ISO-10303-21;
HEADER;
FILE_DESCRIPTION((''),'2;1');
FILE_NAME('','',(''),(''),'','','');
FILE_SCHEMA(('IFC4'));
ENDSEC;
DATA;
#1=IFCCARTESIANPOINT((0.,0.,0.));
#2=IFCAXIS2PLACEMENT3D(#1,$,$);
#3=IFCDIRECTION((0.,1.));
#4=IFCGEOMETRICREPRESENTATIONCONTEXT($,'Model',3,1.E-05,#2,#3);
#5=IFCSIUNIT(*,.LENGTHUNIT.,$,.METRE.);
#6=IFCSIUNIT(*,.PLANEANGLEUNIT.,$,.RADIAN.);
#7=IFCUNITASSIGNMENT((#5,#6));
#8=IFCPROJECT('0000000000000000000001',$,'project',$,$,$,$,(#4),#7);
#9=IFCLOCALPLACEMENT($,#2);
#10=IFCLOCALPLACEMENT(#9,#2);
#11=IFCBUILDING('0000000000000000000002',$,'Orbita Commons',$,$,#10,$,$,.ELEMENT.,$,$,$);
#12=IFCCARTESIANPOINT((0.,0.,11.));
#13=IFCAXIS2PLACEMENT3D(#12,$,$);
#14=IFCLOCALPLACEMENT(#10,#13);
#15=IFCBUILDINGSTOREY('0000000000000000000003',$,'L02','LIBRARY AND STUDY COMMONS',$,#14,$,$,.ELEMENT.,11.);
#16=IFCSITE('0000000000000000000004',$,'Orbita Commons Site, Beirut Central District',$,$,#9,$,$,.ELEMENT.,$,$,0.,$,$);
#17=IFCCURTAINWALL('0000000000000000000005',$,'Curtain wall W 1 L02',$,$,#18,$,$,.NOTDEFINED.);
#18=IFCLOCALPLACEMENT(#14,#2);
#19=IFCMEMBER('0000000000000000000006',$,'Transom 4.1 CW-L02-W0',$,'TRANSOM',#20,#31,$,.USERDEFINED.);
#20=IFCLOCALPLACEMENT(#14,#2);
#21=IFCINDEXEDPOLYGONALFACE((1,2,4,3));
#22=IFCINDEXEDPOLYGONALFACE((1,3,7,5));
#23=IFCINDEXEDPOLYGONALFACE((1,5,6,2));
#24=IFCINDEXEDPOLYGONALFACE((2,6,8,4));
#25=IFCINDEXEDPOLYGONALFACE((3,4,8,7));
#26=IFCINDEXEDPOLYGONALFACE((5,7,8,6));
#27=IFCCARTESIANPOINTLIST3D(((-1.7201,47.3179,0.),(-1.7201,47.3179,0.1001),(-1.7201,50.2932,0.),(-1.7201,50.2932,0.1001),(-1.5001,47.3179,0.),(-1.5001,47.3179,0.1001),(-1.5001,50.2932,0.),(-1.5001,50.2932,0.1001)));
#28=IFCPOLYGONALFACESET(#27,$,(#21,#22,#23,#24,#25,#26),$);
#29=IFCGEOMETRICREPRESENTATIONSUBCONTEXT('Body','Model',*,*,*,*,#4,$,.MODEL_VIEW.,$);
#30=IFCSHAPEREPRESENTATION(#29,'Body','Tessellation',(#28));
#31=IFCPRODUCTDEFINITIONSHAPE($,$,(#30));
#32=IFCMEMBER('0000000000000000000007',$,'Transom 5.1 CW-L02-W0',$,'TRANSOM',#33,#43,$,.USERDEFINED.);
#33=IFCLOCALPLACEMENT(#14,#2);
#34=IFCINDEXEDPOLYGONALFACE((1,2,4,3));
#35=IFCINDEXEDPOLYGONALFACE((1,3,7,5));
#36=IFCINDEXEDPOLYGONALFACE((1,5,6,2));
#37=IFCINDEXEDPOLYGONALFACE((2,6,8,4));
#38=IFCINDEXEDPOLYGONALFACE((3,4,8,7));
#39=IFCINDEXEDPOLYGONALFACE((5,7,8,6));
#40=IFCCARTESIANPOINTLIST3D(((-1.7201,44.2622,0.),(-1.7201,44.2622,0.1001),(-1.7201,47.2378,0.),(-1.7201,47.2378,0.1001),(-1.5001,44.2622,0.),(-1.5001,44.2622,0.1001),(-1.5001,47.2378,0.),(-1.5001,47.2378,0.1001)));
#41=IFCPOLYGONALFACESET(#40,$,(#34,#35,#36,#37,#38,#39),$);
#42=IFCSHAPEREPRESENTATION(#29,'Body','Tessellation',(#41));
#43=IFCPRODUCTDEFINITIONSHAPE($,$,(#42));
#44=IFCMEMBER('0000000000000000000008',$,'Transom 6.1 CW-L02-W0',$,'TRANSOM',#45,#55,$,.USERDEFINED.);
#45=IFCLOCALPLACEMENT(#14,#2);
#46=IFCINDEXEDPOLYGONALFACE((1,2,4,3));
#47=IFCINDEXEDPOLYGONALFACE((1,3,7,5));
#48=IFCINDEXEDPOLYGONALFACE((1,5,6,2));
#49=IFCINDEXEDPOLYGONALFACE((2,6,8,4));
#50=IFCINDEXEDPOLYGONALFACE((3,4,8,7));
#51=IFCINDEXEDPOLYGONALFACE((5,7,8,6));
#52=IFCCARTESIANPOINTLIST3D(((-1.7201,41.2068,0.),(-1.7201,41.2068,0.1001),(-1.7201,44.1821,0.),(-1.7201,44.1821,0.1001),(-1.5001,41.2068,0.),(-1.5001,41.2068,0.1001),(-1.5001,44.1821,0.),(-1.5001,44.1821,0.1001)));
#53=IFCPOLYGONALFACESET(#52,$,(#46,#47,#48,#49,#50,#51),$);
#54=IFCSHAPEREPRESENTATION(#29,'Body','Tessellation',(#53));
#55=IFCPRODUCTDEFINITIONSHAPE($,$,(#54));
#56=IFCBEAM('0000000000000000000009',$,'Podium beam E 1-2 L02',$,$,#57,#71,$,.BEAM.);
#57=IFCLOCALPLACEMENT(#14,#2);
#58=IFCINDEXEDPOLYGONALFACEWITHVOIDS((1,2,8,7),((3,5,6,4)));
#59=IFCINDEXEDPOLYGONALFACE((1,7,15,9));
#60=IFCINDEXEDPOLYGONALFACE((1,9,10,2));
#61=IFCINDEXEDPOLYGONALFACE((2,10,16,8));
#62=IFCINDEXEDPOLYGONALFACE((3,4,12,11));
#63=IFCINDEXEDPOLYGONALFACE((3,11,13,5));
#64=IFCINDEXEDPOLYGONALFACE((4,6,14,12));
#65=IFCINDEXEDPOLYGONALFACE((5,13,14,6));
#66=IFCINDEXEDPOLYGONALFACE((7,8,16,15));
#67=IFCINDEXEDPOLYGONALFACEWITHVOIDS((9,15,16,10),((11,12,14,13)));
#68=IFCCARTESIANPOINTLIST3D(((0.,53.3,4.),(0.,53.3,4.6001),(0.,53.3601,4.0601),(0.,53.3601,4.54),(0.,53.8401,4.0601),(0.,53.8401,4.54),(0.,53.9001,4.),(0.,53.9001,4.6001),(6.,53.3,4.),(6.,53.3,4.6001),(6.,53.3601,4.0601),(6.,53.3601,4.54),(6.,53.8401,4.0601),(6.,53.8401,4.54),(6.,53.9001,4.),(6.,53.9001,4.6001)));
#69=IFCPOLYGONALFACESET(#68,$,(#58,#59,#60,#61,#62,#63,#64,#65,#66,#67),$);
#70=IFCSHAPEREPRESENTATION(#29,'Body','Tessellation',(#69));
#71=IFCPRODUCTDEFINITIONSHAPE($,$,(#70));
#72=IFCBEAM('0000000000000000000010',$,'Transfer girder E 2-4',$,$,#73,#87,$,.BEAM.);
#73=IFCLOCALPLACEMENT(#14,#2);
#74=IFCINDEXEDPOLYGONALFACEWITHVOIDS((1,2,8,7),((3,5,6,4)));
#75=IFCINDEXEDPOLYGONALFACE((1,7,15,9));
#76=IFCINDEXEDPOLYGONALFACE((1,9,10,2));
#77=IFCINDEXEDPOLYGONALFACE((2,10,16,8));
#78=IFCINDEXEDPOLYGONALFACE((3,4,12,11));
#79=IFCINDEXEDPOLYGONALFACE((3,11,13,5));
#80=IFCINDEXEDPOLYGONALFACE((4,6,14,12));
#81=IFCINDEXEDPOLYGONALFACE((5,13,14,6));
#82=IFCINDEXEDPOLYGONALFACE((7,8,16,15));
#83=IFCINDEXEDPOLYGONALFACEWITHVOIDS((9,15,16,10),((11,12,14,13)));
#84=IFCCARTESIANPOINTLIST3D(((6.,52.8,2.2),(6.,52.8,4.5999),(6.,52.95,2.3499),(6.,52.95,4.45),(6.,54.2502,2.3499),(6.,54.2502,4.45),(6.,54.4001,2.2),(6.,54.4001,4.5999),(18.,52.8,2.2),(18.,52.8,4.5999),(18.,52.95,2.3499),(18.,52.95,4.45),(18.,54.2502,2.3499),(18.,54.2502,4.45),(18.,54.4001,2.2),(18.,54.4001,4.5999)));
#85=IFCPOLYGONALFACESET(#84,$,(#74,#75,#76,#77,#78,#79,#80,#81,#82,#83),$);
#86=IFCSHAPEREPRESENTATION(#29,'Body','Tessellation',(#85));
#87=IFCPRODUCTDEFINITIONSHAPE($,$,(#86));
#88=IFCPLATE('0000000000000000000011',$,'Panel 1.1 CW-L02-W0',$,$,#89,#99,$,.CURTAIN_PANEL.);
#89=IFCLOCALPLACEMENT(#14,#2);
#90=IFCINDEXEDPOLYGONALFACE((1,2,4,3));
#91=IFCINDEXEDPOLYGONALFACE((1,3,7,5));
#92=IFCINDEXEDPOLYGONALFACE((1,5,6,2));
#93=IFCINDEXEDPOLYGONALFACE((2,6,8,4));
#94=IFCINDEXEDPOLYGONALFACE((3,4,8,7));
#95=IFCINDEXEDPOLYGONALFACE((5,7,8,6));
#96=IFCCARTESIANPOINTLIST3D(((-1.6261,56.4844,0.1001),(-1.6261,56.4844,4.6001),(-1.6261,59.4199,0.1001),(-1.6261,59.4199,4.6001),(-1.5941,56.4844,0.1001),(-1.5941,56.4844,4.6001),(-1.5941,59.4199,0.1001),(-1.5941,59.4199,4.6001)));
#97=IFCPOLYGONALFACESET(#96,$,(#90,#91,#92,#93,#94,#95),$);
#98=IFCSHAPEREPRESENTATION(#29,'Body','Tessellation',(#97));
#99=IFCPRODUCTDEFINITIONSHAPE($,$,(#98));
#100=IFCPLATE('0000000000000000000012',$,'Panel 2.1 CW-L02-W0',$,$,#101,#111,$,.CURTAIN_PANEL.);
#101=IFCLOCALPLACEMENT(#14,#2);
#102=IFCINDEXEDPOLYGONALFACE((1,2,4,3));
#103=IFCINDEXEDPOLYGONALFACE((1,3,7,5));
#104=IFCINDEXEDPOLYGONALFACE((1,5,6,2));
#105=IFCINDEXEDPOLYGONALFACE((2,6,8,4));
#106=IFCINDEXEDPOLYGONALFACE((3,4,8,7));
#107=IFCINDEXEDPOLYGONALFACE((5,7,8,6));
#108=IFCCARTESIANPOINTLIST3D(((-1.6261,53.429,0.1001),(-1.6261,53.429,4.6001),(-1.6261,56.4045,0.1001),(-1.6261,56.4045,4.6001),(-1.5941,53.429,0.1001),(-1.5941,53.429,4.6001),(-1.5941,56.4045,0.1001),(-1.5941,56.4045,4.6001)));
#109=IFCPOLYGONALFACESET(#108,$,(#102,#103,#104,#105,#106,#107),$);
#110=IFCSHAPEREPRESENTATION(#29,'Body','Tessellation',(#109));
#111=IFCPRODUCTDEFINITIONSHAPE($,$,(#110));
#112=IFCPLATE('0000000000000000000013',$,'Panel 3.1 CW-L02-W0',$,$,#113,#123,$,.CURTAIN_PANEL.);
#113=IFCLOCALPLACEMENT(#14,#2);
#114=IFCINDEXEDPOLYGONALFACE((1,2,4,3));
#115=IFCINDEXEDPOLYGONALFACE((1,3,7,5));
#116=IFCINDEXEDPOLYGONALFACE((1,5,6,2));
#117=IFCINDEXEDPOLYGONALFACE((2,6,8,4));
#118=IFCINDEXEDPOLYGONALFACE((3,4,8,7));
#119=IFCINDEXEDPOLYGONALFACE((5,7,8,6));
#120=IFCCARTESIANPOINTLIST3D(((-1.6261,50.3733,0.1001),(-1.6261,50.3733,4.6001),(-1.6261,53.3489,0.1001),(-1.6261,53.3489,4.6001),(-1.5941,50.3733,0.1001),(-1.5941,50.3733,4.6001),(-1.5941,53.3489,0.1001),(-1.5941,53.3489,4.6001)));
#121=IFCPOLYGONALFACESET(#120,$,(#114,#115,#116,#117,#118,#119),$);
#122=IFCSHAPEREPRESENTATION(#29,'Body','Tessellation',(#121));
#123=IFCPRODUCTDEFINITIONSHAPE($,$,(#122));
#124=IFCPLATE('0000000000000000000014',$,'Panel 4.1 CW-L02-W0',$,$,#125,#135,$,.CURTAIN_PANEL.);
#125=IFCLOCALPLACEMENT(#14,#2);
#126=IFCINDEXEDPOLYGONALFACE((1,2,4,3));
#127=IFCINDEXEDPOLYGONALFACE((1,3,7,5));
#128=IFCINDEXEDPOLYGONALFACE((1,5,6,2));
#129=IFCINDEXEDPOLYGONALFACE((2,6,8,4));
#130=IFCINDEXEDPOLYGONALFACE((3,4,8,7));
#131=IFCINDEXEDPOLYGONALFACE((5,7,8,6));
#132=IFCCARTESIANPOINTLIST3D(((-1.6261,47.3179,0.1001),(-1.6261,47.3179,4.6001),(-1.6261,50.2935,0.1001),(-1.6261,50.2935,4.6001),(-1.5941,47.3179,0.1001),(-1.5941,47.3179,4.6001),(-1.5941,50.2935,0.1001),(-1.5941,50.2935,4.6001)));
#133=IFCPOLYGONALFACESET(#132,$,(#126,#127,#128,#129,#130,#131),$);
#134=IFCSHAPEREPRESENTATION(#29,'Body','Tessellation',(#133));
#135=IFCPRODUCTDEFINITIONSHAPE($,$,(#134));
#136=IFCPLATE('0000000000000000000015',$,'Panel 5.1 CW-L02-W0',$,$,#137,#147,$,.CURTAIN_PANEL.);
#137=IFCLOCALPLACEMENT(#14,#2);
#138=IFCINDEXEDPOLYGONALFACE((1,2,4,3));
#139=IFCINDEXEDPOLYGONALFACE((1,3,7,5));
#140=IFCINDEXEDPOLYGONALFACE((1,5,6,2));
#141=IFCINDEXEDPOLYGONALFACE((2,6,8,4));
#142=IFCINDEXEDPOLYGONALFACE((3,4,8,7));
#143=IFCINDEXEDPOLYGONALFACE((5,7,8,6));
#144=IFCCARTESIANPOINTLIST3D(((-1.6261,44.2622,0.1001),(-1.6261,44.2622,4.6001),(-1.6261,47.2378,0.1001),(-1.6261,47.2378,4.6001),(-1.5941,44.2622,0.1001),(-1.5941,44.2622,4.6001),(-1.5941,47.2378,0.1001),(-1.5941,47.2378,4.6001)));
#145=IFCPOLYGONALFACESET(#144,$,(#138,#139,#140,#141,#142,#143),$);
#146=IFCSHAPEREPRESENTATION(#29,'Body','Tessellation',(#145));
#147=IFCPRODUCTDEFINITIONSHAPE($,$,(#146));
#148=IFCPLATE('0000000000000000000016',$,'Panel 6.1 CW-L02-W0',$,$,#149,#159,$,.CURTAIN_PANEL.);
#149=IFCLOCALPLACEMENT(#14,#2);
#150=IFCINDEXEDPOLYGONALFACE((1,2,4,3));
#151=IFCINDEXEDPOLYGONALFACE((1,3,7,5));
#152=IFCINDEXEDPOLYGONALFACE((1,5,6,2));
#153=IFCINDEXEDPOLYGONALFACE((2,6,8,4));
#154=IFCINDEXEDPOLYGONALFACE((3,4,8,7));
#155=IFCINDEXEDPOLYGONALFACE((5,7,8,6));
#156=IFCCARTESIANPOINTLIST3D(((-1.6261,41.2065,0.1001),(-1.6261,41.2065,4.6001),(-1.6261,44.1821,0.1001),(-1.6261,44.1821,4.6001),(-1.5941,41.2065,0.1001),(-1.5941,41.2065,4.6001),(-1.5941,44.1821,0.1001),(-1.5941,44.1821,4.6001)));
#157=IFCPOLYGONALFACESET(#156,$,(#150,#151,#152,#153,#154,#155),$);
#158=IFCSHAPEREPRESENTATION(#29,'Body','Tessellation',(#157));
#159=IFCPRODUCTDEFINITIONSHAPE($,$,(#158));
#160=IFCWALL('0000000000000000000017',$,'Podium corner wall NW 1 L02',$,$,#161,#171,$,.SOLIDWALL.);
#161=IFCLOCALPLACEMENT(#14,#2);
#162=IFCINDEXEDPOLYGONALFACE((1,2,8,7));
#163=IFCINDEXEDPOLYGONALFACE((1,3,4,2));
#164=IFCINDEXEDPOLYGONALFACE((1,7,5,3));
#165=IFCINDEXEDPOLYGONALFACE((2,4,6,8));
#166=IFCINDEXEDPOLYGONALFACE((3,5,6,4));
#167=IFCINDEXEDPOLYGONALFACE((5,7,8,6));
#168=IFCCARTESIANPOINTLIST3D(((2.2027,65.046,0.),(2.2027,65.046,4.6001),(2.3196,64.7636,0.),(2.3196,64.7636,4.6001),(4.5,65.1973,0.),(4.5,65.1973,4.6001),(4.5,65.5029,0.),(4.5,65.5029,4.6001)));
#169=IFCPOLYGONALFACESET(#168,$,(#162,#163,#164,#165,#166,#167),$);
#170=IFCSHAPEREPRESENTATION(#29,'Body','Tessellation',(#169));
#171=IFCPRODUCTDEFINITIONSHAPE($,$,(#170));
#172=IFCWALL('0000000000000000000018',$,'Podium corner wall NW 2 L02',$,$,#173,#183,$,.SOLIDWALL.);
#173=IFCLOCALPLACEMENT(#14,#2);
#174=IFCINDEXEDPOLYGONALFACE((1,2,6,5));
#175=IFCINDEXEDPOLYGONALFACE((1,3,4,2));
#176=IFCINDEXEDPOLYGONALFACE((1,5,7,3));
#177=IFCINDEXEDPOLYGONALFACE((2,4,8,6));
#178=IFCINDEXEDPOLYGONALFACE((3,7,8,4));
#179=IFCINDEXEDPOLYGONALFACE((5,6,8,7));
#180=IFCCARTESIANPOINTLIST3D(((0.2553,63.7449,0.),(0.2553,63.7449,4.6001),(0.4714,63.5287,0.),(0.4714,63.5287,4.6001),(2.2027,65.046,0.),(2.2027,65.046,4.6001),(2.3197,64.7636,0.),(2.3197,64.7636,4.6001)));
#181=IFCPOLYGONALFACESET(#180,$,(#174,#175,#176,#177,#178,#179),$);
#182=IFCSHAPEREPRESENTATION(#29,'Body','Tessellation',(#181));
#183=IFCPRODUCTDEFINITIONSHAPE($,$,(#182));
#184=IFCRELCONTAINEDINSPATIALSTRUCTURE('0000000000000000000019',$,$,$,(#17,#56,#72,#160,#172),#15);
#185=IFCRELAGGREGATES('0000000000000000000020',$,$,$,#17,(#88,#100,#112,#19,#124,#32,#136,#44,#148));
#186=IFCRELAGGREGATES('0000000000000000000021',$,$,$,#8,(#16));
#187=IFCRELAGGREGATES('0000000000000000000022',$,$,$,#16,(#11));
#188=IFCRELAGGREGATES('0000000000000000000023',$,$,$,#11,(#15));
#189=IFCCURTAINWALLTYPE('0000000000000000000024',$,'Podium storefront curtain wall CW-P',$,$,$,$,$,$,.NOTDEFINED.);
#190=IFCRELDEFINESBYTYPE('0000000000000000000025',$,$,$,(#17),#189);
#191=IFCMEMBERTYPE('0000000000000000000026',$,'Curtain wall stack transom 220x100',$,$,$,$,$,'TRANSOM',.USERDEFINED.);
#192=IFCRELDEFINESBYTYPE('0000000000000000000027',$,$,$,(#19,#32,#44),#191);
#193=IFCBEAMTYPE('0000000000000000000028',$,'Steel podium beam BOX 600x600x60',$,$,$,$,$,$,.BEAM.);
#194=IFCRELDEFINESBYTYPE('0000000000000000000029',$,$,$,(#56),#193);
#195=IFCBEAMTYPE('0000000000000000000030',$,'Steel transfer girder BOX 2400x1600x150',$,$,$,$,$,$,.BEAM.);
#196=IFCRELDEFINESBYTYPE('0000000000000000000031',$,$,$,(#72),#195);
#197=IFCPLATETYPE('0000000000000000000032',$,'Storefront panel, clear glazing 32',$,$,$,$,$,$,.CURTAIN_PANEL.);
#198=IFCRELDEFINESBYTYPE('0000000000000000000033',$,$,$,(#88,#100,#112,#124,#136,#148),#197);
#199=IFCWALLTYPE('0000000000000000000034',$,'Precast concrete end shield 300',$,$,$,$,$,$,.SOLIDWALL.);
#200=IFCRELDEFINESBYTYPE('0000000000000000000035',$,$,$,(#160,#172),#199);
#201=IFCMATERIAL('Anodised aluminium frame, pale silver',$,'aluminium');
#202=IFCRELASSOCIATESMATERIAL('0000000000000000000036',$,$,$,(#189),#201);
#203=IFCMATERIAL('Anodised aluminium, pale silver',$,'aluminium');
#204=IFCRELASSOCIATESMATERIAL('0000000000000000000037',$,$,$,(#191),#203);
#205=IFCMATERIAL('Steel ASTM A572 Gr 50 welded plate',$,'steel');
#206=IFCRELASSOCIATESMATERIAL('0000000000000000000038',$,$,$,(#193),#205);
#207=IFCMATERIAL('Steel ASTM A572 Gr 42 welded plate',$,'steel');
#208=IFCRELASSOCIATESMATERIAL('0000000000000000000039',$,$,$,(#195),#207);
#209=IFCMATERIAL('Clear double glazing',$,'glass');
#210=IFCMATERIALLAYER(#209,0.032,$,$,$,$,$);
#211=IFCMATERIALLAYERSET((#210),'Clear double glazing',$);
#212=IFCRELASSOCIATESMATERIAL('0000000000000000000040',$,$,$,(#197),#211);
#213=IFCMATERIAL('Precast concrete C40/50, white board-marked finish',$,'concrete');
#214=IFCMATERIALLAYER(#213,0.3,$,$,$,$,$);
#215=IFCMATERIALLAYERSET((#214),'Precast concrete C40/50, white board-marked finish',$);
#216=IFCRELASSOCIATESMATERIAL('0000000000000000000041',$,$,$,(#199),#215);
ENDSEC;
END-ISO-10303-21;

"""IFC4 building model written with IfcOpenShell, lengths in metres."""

from ifc_helpers import new_model, si_unit, direction, frame, origin, origin_2d, place, context, subcontext, project, spatial, polyline, rectangle, hollow_rectangle, outline, extrude, material, layer, layer_set, material_profile, profile_set, type_object, element, aggregate, save


model = new_model("IFC4")

# Units and contexts
model_context = context("Model", 3, precision=1e-05, world=origin(), true_north=direction((0.0, 1.0)))
body_context = subcontext(model_context, "Body", "Model", "MODEL_VIEW")
ifc_project = project(units=[si_unit("LENGTHUNIT", "METRE"), si_unit("PLANEANGLEUNIT", "RADIAN")], contexts=[model_context])

# Site, building, storey
site_placement = place(None, origin())
site = spatial("IfcSite", under=ifc_project, at=site_placement, Name="Orbita Commons Site, Beirut Central District", CompositionType="ELEMENT", RefElevation=0.0)
building_placement = place(site_placement, origin())
building = spatial("IfcBuilding", under=site, at=building_placement, Name="Orbita Commons", CompositionType="ELEMENT")
storey_placement = place(building_placement, frame((0.0, 0.0, 11.0)))
storey = spatial("IfcBuildingStorey", under=building, at=storey_placement, Name="L02", Description="LIBRARY AND STUDY COMMONS", CompositionType="ELEMENT", Elevation=11.0)

# Curtain wall, members
ifc_material_1 = material(Name="Anodised aluminium frame, pale silver", Category="aluminium")
curtain_wall_type = type_object("IfcCurtainWallType", Name="Podium storefront curtain wall CW-P", PredefinedType="NOTDEFINED", material=ifc_material_1)
curtain_wall_placement = place(storey_placement, origin())
curtain_wall = element("IfcCurtainWall", 1, at=curtain_wall_placement, inside=storey, type_object=curtain_wall_type, Name="Curtain wall W 1 L02", PredefinedType="NOTDEFINED")
ifc_material_2 = material(Name="Anodised aluminium, pale silver", Category="aluminium")
ifc_material_profile_1 = material_profile(ifc_material_2, rectangle(XDim=0.22, YDim=0.1001, at=origin_2d()), Name="AL 220x100")
ifc_profile_set_1 = profile_set([ifc_material_profile_1], Name="Anodised aluminium, pale silver")
member_type_1 = type_object("IfcMemberType", Name="Curtain wall stack transom 220x100", ElementType="TRANSOM", PredefinedType="USERDEFINED", material=ifc_profile_set_1)
member_1_placement = place(storey_placement, frame((-1.6101, 50.2932, 0.05), z_axis=(0.0, -1.0, 0.0), x_axis=(1.0, 0.0, 0.0)))
member_1 = element("IfcMember", 2, at=member_1_placement, type_object=member_type_1, Name="Transom 4.1 CW-L02-W0", ObjectType="TRANSOM", PredefinedType="USERDEFINED", context=body_context, shape_type="SweptSolid", body=[
    extrude(rectangle(XDim=0.22, YDim=0.1001, at=origin_2d()), origin(), (0.0, 0.0, 1.0), 2.9753),
])
member_2_placement = place(storey_placement, frame((-1.6101, 47.2378, 0.05), z_axis=(0.0, -1.0, 0.0), x_axis=(1.0, 0.0, 0.0)))
member_2 = element("IfcMember", 3, at=member_2_placement, type_object=member_type_1, Name="Transom 5.1 CW-L02-W0", ObjectType="TRANSOM", PredefinedType="USERDEFINED", context=body_context, shape_type="SweptSolid", body=[
    extrude(rectangle(XDim=0.22, YDim=0.1001, at=origin_2d()), origin(), (0.0, 0.0, 1.0), 2.9756),
])
member_3_placement = place(storey_placement, frame((-1.6101, 44.1821, 0.05), z_axis=(0.0, -1.0, 0.0), x_axis=(1.0, 0.0, 0.0)))
member_3 = element("IfcMember", 4, at=member_3_placement, type_object=member_type_1, Name="Transom 6.1 CW-L02-W0", ObjectType="TRANSOM", PredefinedType="USERDEFINED", context=body_context, shape_type="SweptSolid", body=[
    extrude(rectangle(XDim=0.22, YDim=0.1001, at=origin_2d()), origin(), (0.0, 0.0, 1.0), 2.9753),
])

# Beams
ifc_material_3 = material(Name="Steel ASTM A572 Gr 50 welded plate", Category="steel")
ifc_material_profile_2 = material_profile(ifc_material_3, hollow_rectangle(XDim=0.6001, YDim=0.6001, WallThickness=0.0601, at=origin_2d()), Name="BOX 600x600x60")
ifc_profile_set_2 = profile_set([ifc_material_profile_2], Name="Steel ASTM A572 Gr 50 welded plate")
beam_type_1 = type_object("IfcBeamType", Name="Steel podium beam BOX 600x600x60", PredefinedType="BEAM", material=ifc_profile_set_2)
beam_1_placement = place(storey_placement, frame((0.0, 53.6001, 4.3), z_axis=(1.0, 0.0, 0.0), x_axis=(0.0, 1.0, 0.0)))
element("IfcBeam", 5, at=beam_1_placement, inside=storey, type_object=beam_type_1, Name="Podium beam E 1-2 L02", PredefinedType="BEAM", context=body_context, shape_type="SweptSolid", body=[
    extrude(hollow_rectangle(XDim=0.6001, YDim=0.6001, WallThickness=0.0601, at=origin_2d()), origin(), (0.0, 0.0, 1.0), 6.0),
])
ifc_material_4 = material(Name="Steel ASTM A572 Gr 42 welded plate", Category="steel")
ifc_material_profile_3 = material_profile(ifc_material_4, hollow_rectangle(XDim=1.6001, YDim=2.3999, WallThickness=0.1499, at=origin_2d()), Name="BOX 2400x1600x150")
ifc_profile_set_3 = profile_set([ifc_material_profile_3], Name="Steel ASTM A572 Gr 42 welded plate")
beam_type_2 = type_object("IfcBeamType", Name="Steel transfer girder BOX 2400x1600x150", PredefinedType="BEAM", material=ifc_profile_set_3)
beam_2_placement = place(storey_placement, frame((6.0, 53.6001, 3.3999), z_axis=(1.0, 0.0, 0.0), x_axis=(0.0, 1.0, 0.0)))
element("IfcBeam", 6, at=beam_2_placement, inside=storey, type_object=beam_type_2, Name="Transfer girder E 2-4", PredefinedType="BEAM", context=body_context, shape_type="SweptSolid", body=[
    extrude(hollow_rectangle(XDim=1.6001, YDim=2.3999, WallThickness=0.1499, at=origin_2d()), origin(), (0.0, 0.0, 1.0), 12.0),
])

# Plates
ifc_material_5 = material(Name="Clear double glazing", Category="glass")
ifc_layer_1 = layer(ifc_material_5, 0.032)
ifc_layer_set_1 = layer_set([ifc_layer_1], Name="Clear double glazing")
plate_type = type_object("IfcPlateType", Name="Storefront panel, clear glazing 32", PredefinedType="CURTAIN_PANEL", material=ifc_layer_set_1)
plate_1_placement = place(storey_placement, frame((-1.6101, 57.9521, 0.1001), z_axis=(0.0, 0.0, 1.0), x_axis=(0.0, -1.0, 0.0)))
plate_1 = element("IfcPlate", 7, at=plate_1_placement, type_object=plate_type, Name="Panel 1.1 CW-L02-W0", PredefinedType="CURTAIN_PANEL", context=body_context, shape_type="SweptSolid", body=[
    extrude(rectangle(XDim=2.9355, YDim=0.032, at=origin_2d()), origin(), (0.0, 0.0, 1.0), 4.5),
])
plate_2_placement = place(storey_placement, frame((-1.6101, 54.9167, 0.1001), z_axis=(0.0, 0.0, 1.0), x_axis=(0.0, -1.0, 0.0)))
plate_2 = element("IfcPlate", 8, at=plate_2_placement, type_object=plate_type, Name="Panel 2.1 CW-L02-W0", PredefinedType="CURTAIN_PANEL", context=body_context, shape_type="SweptSolid", body=[
    extrude(rectangle(XDim=2.9756, YDim=0.032, at=origin_2d()), origin(), (0.0, 0.0, 1.0), 4.5),
])
plate_3_placement = place(storey_placement, frame((-1.6101, 51.8611, 0.1001), z_axis=(0.0, 0.0, 1.0), x_axis=(0.0, -1.0, 0.0)))
plate_3 = element("IfcPlate", 9, at=plate_3_placement, type_object=plate_type, Name="Panel 3.1 CW-L02-W0", PredefinedType="CURTAIN_PANEL", context=body_context, shape_type="SweptSolid", body=[
    extrude(rectangle(XDim=2.9756, YDim=0.032, at=origin_2d()), origin(), (0.0, 0.0, 1.0), 4.5),
])
plate_4_placement = place(storey_placement, frame((-1.6101, 48.8057, 0.1001), z_axis=(0.0, 0.0, 1.0), x_axis=(0.0, -1.0, 0.0)))
plate_4 = element("IfcPlate", 10, at=plate_4_placement, type_object=plate_type, Name="Panel 4.1 CW-L02-W0", PredefinedType="CURTAIN_PANEL", context=body_context, shape_type="SweptSolid", body=[
    extrude(rectangle(XDim=2.9756, YDim=0.032, at=origin_2d()), origin(), (0.0, 0.0, 1.0), 4.5),
])
plate_5_placement = place(storey_placement, frame((-1.6101, 45.75, 0.1001), z_axis=(0.0, 0.0, 1.0), x_axis=(0.0, -1.0, 0.0)))
plate_5 = element("IfcPlate", 11, at=plate_5_placement, type_object=plate_type, Name="Panel 5.1 CW-L02-W0", PredefinedType="CURTAIN_PANEL", context=body_context, shape_type="SweptSolid", body=[
    extrude(rectangle(XDim=2.9756, YDim=0.032, at=origin_2d()), origin(), (0.0, 0.0, 1.0), 4.5),
])
plate_6_placement = place(storey_placement, frame((-1.6101, 42.6943, 0.1001), z_axis=(0.0, 0.0, 1.0), x_axis=(0.0, -1.0, 0.0)))
plate_6 = element("IfcPlate", 12, at=plate_6_placement, type_object=plate_type, Name="Panel 6.1 CW-L02-W0", PredefinedType="CURTAIN_PANEL", context=body_context, shape_type="SweptSolid", body=[
    extrude(rectangle(XDim=2.9756, YDim=0.032, at=origin_2d()), origin(), (0.0, 0.0, 1.0), 4.5),
])
aggregate(curtain_wall, [plate_1, plate_2, plate_3, member_1, plate_4, member_2, plate_5, member_3, plate_6])

# Walls
ifc_material_6 = material(Name="Precast concrete C40/50, white board-marked finish", Category="concrete")
ifc_layer_2 = layer(ifc_material_6, 0.3)
ifc_layer_set_2 = layer_set([ifc_layer_2], Name="Precast concrete C40/50, white board-marked finish")
wall_type = type_object("IfcWallType", Name="Precast concrete end shield 300", PredefinedType="SOLIDWALL", material=ifc_layer_set_2)
wall_1_placement = place(storey_placement, frame((4.5, 65.3501, 0.0), z_axis=(0.0, 0.0, 1.0), x_axis=(-0.980786, -0.195088, 0.0)))
element("IfcWall", 13, at=wall_1_placement, inside=storey, type_object=wall_type, Name="Podium corner wall NW 1 L02", PredefinedType="SOLIDWALL", context=body_context, shape_type="SweptSolid", body=[
    extrude(outline(polyline([(-0.0298, -0.1499), (2.3125, -0.1499), (2.2529, 0.1499), (0.0298, 0.1499), (-0.0298, -0.1499)])), origin(), (0.0, 0.0, 1.0), 4.6001),
])
for number, where, z_axis, x_axis, name in (
    (14, (2.2612, 64.9048, 0.0), (0.0, 0.0, 1.0), (-0.83149, -0.555539, 0.0), "Podium corner wall NW 2 L02"),
):
    element("IfcWall", number, at=place(storey_placement, frame(where, z_axis=z_axis, x_axis=x_axis)), inside=storey, type_object=wall_type, Name=name, PredefinedType="SOLIDWALL", context=body_context, shape_type="SweptSolid", body=[
        extrude(outline(polyline([(-0.0298, -0.1499), (2.3123, -0.1499), (2.2527, 0.1499), (0.0298, 0.1499), (-0.0298, -0.1499)])), origin(), (0.0, 0.0, 1.0), 4.6001),
    ])

save(model, "model.ifc")
